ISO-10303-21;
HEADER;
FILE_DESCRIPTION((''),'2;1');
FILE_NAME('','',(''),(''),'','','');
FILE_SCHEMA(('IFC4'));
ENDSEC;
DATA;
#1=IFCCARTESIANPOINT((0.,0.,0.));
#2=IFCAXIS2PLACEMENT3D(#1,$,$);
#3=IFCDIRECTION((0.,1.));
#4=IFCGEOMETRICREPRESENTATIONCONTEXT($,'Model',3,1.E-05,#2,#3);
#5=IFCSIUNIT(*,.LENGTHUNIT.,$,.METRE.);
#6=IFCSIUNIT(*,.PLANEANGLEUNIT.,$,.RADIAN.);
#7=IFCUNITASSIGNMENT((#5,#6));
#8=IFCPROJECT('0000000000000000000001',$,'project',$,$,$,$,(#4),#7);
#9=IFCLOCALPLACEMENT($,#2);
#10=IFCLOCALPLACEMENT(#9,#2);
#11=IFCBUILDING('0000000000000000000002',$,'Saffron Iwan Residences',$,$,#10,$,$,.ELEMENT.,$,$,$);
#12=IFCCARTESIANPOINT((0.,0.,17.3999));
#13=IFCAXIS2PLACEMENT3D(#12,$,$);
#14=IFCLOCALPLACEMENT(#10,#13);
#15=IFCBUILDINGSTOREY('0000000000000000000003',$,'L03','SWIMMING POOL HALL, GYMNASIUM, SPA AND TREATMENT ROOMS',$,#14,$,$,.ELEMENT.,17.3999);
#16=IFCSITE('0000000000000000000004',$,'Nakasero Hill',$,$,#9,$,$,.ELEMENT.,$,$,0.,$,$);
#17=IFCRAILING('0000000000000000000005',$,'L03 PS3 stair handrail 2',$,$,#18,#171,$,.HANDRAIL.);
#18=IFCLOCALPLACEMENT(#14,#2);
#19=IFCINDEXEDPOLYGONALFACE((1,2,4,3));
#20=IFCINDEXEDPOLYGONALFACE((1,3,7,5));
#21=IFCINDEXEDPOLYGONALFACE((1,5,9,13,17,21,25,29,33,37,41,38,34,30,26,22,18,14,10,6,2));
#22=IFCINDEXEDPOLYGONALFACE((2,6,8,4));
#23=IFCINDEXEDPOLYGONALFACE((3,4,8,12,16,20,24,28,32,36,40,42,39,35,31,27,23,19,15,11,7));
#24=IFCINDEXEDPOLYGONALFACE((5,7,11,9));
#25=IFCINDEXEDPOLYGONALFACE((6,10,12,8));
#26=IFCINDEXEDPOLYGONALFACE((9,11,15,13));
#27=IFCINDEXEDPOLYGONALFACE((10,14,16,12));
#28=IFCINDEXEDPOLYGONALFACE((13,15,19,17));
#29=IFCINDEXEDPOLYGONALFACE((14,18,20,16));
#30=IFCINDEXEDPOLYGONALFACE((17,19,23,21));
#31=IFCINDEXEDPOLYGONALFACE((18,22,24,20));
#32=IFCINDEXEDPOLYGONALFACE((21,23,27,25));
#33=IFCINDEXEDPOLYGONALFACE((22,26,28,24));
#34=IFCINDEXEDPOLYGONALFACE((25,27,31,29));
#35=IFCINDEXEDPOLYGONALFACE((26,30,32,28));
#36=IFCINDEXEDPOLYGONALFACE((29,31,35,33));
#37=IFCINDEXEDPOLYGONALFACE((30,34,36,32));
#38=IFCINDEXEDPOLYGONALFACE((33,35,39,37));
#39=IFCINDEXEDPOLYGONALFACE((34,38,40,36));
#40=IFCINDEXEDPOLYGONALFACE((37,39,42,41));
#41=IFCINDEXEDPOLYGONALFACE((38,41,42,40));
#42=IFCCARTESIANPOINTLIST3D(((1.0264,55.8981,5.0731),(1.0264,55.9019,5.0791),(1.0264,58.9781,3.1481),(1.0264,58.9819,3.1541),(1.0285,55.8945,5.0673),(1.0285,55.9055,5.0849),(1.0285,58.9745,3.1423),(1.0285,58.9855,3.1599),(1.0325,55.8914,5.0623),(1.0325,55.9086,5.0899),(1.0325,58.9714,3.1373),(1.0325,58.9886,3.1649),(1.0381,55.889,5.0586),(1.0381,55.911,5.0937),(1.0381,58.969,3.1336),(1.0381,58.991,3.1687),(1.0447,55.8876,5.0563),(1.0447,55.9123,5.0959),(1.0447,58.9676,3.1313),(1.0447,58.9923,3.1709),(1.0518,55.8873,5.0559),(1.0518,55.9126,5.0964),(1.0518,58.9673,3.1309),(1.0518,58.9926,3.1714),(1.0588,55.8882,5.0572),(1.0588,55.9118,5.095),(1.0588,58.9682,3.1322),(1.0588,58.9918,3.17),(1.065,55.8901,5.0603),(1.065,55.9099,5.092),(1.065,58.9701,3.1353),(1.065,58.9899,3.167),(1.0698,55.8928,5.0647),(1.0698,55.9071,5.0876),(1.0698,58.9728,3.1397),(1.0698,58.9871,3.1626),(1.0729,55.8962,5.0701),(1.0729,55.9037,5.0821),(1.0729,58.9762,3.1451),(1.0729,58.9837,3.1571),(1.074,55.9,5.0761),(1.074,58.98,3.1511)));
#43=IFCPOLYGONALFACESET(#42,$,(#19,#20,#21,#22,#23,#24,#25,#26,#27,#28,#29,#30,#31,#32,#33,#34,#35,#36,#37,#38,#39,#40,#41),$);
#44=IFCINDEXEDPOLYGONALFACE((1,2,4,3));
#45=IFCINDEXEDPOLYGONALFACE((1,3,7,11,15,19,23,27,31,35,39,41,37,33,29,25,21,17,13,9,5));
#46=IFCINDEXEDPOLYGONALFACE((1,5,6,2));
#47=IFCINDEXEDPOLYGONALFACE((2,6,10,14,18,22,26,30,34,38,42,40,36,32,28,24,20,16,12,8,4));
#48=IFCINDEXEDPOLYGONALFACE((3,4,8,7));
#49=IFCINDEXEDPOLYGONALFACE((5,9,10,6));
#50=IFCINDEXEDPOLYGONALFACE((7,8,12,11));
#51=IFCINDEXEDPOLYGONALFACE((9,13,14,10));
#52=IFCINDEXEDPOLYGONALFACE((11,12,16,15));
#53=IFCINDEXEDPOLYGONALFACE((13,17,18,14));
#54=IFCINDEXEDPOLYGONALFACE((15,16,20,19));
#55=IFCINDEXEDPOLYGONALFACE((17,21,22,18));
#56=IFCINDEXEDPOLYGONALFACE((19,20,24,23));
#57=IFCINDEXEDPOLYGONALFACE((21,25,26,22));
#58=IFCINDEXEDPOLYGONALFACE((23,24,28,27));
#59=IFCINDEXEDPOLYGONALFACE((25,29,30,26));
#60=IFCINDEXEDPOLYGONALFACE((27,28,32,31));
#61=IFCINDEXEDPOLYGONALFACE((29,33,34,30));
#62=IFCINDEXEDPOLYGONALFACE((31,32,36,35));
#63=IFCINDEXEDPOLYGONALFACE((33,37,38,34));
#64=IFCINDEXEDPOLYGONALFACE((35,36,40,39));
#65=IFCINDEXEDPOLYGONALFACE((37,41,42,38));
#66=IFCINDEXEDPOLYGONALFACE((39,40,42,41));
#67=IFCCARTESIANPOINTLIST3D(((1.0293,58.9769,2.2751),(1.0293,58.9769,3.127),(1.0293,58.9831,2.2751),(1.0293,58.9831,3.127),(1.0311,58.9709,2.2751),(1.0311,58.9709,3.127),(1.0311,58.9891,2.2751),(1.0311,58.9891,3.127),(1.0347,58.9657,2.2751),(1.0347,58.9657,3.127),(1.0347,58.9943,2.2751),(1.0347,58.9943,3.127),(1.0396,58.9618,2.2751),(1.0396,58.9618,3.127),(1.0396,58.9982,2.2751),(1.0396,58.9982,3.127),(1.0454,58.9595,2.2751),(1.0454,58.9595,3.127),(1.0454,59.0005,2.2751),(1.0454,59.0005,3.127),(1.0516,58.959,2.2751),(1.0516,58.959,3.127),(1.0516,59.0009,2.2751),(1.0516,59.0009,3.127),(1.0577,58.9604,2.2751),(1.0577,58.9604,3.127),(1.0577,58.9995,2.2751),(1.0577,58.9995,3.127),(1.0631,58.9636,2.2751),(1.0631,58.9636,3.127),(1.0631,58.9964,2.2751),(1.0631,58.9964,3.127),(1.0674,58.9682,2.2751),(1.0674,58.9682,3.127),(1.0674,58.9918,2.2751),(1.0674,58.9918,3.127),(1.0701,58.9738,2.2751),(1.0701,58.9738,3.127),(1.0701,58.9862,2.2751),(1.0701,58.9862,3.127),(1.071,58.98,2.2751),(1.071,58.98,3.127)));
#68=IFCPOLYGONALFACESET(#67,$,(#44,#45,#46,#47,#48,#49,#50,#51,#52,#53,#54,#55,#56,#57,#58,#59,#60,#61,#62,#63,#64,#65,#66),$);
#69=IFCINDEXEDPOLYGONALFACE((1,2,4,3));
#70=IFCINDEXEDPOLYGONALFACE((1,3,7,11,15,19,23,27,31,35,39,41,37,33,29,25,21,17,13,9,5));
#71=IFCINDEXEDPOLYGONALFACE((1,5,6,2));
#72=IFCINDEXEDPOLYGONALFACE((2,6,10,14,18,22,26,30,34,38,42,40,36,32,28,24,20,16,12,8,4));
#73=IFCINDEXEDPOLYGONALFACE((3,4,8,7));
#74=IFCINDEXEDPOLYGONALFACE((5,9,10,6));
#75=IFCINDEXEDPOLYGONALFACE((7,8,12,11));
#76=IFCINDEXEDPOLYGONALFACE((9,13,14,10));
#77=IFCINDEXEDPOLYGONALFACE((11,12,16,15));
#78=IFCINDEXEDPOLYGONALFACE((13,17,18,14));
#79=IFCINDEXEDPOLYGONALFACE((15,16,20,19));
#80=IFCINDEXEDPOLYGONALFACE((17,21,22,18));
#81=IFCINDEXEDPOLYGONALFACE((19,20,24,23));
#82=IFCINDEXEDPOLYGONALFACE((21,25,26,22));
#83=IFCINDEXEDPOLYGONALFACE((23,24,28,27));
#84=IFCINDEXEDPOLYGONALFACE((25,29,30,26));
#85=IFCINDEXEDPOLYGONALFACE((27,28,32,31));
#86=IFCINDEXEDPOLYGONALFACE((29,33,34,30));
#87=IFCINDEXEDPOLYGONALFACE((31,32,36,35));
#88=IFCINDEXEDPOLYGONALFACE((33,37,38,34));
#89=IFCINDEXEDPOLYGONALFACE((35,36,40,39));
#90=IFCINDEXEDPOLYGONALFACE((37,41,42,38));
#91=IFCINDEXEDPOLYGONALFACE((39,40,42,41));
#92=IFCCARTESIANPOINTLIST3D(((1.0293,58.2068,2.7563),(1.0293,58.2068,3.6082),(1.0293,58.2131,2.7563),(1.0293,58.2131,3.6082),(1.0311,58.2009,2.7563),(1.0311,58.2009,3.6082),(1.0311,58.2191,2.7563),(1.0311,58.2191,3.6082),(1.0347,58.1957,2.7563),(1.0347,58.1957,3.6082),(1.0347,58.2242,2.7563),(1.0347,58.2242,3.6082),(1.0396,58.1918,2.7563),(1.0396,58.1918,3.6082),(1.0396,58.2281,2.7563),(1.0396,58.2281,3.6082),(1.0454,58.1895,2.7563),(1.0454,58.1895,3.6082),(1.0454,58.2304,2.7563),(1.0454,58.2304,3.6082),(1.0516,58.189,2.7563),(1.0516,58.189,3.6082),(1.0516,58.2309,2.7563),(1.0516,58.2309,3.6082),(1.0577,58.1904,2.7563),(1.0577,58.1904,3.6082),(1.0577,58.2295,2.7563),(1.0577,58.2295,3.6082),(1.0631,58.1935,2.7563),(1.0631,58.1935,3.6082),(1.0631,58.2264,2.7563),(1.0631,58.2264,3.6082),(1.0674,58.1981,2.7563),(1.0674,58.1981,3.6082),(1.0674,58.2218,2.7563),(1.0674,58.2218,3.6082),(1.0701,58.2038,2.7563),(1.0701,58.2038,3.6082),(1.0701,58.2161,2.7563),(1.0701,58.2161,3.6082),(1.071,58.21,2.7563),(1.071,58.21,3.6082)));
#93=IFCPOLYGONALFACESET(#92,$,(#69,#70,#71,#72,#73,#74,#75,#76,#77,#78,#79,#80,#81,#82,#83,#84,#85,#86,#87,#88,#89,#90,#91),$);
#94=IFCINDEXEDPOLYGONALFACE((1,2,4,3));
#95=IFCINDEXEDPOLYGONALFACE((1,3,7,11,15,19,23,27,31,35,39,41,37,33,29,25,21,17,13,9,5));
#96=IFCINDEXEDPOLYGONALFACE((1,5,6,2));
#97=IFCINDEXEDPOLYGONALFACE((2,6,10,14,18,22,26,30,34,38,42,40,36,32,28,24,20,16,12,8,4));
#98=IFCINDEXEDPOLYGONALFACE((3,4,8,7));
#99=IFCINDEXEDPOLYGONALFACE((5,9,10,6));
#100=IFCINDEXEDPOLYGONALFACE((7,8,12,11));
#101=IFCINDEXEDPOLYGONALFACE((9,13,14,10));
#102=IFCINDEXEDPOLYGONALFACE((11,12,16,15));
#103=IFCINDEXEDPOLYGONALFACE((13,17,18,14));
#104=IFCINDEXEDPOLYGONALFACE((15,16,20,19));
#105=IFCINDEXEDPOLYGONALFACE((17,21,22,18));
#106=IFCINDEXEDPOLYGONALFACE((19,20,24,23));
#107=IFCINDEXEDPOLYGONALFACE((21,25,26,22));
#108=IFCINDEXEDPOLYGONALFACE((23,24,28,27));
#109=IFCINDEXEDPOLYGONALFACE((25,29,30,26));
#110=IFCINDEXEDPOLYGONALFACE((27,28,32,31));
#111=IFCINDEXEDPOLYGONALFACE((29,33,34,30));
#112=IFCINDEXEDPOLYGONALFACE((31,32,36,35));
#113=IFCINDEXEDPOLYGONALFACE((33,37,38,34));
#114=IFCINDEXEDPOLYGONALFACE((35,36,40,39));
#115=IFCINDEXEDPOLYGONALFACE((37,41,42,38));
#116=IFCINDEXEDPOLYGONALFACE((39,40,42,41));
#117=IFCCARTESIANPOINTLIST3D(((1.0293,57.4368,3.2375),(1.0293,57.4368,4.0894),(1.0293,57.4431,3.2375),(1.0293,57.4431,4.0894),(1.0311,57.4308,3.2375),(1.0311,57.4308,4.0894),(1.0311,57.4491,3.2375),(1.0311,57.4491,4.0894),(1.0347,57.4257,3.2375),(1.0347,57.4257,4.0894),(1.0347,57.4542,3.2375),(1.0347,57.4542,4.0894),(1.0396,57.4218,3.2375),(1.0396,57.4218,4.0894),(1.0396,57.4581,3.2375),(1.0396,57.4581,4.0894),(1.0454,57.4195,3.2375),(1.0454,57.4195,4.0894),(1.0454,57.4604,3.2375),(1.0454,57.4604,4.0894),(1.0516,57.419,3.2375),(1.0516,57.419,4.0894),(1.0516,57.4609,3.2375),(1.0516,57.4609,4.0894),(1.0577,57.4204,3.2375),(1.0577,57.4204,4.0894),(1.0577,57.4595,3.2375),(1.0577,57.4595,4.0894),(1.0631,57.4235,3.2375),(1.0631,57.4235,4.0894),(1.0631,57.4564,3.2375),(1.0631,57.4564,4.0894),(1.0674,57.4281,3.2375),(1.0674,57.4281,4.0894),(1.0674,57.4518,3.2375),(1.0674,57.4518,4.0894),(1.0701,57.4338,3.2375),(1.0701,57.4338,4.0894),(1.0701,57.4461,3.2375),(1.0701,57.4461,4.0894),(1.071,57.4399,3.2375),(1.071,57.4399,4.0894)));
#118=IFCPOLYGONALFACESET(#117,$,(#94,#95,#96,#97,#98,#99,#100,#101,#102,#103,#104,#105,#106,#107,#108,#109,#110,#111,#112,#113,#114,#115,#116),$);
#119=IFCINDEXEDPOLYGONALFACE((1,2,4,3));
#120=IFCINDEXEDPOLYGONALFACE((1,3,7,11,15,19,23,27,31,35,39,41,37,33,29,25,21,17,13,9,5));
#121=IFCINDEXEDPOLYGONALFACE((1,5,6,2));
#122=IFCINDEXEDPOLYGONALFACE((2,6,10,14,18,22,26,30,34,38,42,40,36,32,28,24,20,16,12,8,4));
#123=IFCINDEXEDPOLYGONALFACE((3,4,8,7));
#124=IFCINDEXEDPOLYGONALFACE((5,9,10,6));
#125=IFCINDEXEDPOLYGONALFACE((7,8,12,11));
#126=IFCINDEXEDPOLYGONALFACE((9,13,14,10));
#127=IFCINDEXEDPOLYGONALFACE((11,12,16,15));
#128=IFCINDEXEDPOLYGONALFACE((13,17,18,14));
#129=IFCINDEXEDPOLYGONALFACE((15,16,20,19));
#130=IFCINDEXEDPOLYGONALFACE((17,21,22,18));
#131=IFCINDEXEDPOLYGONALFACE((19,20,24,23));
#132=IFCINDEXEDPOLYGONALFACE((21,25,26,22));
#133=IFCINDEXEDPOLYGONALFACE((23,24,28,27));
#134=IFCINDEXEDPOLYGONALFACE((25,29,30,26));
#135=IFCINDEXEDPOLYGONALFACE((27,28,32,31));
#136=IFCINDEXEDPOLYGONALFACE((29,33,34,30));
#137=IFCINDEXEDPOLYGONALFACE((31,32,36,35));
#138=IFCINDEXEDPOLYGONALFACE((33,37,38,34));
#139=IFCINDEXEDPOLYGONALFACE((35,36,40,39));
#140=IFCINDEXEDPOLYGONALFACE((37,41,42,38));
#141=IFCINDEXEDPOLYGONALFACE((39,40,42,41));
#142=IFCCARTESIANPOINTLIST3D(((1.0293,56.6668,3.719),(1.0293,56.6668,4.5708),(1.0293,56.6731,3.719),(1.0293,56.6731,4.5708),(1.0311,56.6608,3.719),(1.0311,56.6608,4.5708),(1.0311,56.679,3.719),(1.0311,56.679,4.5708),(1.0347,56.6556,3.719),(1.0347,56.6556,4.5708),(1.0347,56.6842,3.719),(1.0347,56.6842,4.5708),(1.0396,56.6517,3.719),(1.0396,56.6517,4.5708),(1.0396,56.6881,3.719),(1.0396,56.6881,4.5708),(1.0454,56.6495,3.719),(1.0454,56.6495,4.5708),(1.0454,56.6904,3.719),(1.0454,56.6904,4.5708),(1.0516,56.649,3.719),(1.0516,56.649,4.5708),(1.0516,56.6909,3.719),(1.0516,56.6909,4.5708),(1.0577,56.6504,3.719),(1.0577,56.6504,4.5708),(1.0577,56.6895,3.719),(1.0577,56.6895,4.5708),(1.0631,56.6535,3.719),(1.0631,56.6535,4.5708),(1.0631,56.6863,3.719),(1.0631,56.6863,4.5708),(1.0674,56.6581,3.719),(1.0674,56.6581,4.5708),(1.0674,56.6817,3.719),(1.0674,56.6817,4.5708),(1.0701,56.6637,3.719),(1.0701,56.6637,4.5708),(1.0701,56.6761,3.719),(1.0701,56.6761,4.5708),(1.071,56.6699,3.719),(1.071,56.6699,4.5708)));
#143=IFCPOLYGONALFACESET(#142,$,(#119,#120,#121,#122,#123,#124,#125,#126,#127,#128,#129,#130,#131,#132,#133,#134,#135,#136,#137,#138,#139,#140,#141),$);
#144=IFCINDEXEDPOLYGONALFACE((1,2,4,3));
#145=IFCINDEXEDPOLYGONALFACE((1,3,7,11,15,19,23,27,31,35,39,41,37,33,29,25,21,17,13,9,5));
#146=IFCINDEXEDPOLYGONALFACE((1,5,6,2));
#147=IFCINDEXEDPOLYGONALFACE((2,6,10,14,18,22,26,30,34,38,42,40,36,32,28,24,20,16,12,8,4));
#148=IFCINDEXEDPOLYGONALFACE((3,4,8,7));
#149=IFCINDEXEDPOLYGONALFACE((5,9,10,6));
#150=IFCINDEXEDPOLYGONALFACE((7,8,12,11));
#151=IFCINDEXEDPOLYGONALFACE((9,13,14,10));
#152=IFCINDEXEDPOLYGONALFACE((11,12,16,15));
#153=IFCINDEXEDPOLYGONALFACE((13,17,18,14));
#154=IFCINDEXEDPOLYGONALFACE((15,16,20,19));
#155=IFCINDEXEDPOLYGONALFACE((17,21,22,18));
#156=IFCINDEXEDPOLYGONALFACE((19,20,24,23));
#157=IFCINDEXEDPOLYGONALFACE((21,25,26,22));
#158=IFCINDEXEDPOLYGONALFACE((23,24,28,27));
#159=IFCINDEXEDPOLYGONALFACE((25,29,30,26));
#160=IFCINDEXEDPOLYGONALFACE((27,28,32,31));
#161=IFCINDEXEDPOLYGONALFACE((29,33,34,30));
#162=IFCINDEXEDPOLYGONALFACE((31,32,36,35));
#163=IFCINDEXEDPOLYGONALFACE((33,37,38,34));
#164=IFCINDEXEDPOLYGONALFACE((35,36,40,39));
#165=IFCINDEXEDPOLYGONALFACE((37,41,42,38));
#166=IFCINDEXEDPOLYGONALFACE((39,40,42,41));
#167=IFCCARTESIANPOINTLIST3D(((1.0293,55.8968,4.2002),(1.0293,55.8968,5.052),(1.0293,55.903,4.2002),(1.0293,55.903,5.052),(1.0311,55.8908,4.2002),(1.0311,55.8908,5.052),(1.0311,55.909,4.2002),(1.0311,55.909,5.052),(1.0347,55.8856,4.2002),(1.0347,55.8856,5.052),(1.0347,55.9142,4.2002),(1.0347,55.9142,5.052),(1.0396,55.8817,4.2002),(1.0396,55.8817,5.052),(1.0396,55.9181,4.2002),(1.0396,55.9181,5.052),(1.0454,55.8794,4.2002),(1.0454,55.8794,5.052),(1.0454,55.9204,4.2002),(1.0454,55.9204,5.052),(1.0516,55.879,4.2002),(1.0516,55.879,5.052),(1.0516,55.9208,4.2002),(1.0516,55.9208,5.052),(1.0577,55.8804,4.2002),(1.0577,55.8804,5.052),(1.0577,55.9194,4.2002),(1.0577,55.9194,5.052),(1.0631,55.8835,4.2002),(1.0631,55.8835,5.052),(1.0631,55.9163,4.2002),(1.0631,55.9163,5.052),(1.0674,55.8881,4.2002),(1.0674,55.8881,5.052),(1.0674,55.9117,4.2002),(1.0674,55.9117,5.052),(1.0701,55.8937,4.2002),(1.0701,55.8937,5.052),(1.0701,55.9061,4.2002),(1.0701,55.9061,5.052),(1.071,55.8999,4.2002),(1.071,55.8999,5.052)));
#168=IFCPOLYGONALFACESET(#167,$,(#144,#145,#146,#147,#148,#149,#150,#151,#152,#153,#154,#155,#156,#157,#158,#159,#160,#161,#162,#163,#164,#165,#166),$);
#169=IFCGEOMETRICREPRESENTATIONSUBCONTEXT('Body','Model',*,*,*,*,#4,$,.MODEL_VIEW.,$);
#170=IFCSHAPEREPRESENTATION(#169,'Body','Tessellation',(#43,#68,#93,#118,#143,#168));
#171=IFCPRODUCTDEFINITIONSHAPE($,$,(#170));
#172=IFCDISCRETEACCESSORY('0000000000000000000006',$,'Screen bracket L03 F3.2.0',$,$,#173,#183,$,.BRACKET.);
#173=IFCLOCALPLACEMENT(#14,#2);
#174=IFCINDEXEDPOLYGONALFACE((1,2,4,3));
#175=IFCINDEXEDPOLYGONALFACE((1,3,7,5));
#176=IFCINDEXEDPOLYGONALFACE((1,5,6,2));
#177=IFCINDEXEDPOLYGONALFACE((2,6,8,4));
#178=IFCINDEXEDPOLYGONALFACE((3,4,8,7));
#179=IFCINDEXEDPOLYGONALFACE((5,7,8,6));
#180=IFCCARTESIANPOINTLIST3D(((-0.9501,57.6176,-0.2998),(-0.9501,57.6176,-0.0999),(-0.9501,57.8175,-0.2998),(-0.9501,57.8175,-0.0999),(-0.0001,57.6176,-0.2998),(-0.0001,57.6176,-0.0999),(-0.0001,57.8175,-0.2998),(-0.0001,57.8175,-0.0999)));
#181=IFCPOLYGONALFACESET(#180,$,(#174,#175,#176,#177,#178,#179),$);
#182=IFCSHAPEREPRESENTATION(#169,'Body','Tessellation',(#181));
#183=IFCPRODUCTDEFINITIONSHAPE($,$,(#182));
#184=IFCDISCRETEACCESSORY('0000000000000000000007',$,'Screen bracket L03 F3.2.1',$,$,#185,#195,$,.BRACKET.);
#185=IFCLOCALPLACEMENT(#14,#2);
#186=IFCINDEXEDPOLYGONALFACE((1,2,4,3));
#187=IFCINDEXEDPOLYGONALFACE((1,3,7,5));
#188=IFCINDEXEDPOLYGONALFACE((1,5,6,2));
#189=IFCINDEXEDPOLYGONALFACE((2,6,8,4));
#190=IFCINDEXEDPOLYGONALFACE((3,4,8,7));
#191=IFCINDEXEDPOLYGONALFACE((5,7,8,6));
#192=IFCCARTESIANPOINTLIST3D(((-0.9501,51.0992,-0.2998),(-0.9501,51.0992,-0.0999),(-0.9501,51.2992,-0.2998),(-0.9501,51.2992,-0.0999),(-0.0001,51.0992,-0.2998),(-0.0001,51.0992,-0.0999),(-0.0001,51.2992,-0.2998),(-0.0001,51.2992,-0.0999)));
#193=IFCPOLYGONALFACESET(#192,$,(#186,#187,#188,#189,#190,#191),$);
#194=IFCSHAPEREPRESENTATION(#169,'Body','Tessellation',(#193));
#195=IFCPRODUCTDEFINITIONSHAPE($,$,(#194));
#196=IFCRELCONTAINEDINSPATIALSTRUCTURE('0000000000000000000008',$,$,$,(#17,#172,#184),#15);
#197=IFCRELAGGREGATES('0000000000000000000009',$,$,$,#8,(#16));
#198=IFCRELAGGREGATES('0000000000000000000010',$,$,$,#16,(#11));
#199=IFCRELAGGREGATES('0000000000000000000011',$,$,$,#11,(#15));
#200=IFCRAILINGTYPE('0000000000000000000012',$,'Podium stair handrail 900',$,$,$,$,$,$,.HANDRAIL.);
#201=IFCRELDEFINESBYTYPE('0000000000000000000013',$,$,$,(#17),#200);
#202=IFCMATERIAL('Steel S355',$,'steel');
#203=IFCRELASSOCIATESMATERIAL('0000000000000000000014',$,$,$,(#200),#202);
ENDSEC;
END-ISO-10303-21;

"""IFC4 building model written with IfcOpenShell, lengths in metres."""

from ifc_helpers import new_model, si_unit, direction, frame, origin, origin_2d, place, context, subcontext, project, spatial, rectangle, circle, extrude, source, transform, mapped, material, type_object, element, save


model = new_model("IFC4")

# Units and contexts
model_context = context("Model", 3, precision=1e-05, world=origin(), true_north=direction((0.0, 1.0)))
body_context = subcontext(model_context, "Body", "Model", "MODEL_VIEW")
ifc_project = project(units=[si_unit("LENGTHUNIT", "METRE"), si_unit("PLANEANGLEUNIT", "RADIAN")], contexts=[model_context])

# Site, building, storey
site_placement = place(None, origin())
site = spatial("IfcSite", under=ifc_project, at=site_placement, Name="Nakasero Hill", CompositionType="ELEMENT", RefElevation=0.0)
building_placement = place(site_placement, origin())
building = spatial("IfcBuilding", under=site, at=building_placement, Name="Saffron Iwan Residences", CompositionType="ELEMENT")
storey_placement = place(building_placement, frame((0.0, 0.0, 17.3999)))
storey = spatial("IfcBuildingStorey", under=building, at=storey_placement, Name="L03", Description="SWIMMING POOL HALL, GYMNASIUM, SPA AND TREATMENT ROOMS", CompositionType="ELEMENT", Elevation=17.3999)

# Railing
ifc_material_1 = material(Name="Steel S355", Category="steel")
railing_type_1 = type_object("IfcRailingType", Name="Podium stair handrail 900", PredefinedType="HANDRAIL", material=ifc_material_1)
railing_1_placement = place(storey_placement, frame((1.05, 58.98, 2.2751)))
element("IfcRailing", 1, at=railing_1_placement, inside=storey, type_object=railing_type_1, Name="L03 PS3 stair handrail 2", PredefinedType="HANDRAIL", context=body_context, shape_type="SweptSolid", body=[
    extrude(circle(Radius=0.0239, at=origin_2d()), frame((0.0, 0.0, 0.876), z_axis=(0.0, -0.847998, 0.529999), x_axis=(1.0, 0.0, 0.0)), (0.0, 0.0, 1.0), 3.6321),
    extrude(circle(Radius=0.021, at=origin_2d()), origin(), (0.0, 0.0, 1.0), 0.8518),
    extrude(circle(Radius=0.021, at=origin_2d()), frame((0.0, -0.77, 0.4812)), (0.0, 0.0, 1.0), 0.8518),
    extrude(circle(Radius=0.021, at=origin_2d()), frame((0.0, -1.54, 0.9624)), (0.0, 0.0, 1.0), 0.8518),
    extrude(circle(Radius=0.021, at=origin_2d()), frame((0.0, -2.3101, 1.4438)), (0.0, 0.0, 1.0), 0.8518),
    extrude(circle(Radius=0.021, at=origin_2d()), frame((0.0, -3.0801, 1.925)), (0.0, 0.0, 1.0), 0.8518),
])

# Discrete accessories
shared_shape = source(origin(), body_context, "Body", "SweptSolid", [
    extrude(rectangle(XDim=0.95, YDim=0.2, at=origin_2d()), origin(), (0.0, 0.0, 1.0), 0.2),
])
for number, where, z_axis, x_axis, name in (
    (2, (-0.4751, 57.7175, -0.2998), (0.0, 0.0, 1.0), (-1.0, 0.0, 0.0), "Screen bracket L03 F3.2.0"),
    (3, (-0.4751, 51.1992, -0.2998), (0.0, 0.0, 1.0), (-1.0, 0.0, 0.0), "Screen bracket L03 F3.2.1"),
):
    element("IfcDiscreteAccessory", number, at=place(storey_placement, frame(where, z_axis=z_axis, x_axis=x_axis)), inside=storey, Name=name, PredefinedType="BRACKET", context=body_context, shape_type="MappedRepresentation", body=[
        mapped(shared_shape, transform((0.0, 0.0, 0.0))),
    ])

save(model, "model.ifc")
